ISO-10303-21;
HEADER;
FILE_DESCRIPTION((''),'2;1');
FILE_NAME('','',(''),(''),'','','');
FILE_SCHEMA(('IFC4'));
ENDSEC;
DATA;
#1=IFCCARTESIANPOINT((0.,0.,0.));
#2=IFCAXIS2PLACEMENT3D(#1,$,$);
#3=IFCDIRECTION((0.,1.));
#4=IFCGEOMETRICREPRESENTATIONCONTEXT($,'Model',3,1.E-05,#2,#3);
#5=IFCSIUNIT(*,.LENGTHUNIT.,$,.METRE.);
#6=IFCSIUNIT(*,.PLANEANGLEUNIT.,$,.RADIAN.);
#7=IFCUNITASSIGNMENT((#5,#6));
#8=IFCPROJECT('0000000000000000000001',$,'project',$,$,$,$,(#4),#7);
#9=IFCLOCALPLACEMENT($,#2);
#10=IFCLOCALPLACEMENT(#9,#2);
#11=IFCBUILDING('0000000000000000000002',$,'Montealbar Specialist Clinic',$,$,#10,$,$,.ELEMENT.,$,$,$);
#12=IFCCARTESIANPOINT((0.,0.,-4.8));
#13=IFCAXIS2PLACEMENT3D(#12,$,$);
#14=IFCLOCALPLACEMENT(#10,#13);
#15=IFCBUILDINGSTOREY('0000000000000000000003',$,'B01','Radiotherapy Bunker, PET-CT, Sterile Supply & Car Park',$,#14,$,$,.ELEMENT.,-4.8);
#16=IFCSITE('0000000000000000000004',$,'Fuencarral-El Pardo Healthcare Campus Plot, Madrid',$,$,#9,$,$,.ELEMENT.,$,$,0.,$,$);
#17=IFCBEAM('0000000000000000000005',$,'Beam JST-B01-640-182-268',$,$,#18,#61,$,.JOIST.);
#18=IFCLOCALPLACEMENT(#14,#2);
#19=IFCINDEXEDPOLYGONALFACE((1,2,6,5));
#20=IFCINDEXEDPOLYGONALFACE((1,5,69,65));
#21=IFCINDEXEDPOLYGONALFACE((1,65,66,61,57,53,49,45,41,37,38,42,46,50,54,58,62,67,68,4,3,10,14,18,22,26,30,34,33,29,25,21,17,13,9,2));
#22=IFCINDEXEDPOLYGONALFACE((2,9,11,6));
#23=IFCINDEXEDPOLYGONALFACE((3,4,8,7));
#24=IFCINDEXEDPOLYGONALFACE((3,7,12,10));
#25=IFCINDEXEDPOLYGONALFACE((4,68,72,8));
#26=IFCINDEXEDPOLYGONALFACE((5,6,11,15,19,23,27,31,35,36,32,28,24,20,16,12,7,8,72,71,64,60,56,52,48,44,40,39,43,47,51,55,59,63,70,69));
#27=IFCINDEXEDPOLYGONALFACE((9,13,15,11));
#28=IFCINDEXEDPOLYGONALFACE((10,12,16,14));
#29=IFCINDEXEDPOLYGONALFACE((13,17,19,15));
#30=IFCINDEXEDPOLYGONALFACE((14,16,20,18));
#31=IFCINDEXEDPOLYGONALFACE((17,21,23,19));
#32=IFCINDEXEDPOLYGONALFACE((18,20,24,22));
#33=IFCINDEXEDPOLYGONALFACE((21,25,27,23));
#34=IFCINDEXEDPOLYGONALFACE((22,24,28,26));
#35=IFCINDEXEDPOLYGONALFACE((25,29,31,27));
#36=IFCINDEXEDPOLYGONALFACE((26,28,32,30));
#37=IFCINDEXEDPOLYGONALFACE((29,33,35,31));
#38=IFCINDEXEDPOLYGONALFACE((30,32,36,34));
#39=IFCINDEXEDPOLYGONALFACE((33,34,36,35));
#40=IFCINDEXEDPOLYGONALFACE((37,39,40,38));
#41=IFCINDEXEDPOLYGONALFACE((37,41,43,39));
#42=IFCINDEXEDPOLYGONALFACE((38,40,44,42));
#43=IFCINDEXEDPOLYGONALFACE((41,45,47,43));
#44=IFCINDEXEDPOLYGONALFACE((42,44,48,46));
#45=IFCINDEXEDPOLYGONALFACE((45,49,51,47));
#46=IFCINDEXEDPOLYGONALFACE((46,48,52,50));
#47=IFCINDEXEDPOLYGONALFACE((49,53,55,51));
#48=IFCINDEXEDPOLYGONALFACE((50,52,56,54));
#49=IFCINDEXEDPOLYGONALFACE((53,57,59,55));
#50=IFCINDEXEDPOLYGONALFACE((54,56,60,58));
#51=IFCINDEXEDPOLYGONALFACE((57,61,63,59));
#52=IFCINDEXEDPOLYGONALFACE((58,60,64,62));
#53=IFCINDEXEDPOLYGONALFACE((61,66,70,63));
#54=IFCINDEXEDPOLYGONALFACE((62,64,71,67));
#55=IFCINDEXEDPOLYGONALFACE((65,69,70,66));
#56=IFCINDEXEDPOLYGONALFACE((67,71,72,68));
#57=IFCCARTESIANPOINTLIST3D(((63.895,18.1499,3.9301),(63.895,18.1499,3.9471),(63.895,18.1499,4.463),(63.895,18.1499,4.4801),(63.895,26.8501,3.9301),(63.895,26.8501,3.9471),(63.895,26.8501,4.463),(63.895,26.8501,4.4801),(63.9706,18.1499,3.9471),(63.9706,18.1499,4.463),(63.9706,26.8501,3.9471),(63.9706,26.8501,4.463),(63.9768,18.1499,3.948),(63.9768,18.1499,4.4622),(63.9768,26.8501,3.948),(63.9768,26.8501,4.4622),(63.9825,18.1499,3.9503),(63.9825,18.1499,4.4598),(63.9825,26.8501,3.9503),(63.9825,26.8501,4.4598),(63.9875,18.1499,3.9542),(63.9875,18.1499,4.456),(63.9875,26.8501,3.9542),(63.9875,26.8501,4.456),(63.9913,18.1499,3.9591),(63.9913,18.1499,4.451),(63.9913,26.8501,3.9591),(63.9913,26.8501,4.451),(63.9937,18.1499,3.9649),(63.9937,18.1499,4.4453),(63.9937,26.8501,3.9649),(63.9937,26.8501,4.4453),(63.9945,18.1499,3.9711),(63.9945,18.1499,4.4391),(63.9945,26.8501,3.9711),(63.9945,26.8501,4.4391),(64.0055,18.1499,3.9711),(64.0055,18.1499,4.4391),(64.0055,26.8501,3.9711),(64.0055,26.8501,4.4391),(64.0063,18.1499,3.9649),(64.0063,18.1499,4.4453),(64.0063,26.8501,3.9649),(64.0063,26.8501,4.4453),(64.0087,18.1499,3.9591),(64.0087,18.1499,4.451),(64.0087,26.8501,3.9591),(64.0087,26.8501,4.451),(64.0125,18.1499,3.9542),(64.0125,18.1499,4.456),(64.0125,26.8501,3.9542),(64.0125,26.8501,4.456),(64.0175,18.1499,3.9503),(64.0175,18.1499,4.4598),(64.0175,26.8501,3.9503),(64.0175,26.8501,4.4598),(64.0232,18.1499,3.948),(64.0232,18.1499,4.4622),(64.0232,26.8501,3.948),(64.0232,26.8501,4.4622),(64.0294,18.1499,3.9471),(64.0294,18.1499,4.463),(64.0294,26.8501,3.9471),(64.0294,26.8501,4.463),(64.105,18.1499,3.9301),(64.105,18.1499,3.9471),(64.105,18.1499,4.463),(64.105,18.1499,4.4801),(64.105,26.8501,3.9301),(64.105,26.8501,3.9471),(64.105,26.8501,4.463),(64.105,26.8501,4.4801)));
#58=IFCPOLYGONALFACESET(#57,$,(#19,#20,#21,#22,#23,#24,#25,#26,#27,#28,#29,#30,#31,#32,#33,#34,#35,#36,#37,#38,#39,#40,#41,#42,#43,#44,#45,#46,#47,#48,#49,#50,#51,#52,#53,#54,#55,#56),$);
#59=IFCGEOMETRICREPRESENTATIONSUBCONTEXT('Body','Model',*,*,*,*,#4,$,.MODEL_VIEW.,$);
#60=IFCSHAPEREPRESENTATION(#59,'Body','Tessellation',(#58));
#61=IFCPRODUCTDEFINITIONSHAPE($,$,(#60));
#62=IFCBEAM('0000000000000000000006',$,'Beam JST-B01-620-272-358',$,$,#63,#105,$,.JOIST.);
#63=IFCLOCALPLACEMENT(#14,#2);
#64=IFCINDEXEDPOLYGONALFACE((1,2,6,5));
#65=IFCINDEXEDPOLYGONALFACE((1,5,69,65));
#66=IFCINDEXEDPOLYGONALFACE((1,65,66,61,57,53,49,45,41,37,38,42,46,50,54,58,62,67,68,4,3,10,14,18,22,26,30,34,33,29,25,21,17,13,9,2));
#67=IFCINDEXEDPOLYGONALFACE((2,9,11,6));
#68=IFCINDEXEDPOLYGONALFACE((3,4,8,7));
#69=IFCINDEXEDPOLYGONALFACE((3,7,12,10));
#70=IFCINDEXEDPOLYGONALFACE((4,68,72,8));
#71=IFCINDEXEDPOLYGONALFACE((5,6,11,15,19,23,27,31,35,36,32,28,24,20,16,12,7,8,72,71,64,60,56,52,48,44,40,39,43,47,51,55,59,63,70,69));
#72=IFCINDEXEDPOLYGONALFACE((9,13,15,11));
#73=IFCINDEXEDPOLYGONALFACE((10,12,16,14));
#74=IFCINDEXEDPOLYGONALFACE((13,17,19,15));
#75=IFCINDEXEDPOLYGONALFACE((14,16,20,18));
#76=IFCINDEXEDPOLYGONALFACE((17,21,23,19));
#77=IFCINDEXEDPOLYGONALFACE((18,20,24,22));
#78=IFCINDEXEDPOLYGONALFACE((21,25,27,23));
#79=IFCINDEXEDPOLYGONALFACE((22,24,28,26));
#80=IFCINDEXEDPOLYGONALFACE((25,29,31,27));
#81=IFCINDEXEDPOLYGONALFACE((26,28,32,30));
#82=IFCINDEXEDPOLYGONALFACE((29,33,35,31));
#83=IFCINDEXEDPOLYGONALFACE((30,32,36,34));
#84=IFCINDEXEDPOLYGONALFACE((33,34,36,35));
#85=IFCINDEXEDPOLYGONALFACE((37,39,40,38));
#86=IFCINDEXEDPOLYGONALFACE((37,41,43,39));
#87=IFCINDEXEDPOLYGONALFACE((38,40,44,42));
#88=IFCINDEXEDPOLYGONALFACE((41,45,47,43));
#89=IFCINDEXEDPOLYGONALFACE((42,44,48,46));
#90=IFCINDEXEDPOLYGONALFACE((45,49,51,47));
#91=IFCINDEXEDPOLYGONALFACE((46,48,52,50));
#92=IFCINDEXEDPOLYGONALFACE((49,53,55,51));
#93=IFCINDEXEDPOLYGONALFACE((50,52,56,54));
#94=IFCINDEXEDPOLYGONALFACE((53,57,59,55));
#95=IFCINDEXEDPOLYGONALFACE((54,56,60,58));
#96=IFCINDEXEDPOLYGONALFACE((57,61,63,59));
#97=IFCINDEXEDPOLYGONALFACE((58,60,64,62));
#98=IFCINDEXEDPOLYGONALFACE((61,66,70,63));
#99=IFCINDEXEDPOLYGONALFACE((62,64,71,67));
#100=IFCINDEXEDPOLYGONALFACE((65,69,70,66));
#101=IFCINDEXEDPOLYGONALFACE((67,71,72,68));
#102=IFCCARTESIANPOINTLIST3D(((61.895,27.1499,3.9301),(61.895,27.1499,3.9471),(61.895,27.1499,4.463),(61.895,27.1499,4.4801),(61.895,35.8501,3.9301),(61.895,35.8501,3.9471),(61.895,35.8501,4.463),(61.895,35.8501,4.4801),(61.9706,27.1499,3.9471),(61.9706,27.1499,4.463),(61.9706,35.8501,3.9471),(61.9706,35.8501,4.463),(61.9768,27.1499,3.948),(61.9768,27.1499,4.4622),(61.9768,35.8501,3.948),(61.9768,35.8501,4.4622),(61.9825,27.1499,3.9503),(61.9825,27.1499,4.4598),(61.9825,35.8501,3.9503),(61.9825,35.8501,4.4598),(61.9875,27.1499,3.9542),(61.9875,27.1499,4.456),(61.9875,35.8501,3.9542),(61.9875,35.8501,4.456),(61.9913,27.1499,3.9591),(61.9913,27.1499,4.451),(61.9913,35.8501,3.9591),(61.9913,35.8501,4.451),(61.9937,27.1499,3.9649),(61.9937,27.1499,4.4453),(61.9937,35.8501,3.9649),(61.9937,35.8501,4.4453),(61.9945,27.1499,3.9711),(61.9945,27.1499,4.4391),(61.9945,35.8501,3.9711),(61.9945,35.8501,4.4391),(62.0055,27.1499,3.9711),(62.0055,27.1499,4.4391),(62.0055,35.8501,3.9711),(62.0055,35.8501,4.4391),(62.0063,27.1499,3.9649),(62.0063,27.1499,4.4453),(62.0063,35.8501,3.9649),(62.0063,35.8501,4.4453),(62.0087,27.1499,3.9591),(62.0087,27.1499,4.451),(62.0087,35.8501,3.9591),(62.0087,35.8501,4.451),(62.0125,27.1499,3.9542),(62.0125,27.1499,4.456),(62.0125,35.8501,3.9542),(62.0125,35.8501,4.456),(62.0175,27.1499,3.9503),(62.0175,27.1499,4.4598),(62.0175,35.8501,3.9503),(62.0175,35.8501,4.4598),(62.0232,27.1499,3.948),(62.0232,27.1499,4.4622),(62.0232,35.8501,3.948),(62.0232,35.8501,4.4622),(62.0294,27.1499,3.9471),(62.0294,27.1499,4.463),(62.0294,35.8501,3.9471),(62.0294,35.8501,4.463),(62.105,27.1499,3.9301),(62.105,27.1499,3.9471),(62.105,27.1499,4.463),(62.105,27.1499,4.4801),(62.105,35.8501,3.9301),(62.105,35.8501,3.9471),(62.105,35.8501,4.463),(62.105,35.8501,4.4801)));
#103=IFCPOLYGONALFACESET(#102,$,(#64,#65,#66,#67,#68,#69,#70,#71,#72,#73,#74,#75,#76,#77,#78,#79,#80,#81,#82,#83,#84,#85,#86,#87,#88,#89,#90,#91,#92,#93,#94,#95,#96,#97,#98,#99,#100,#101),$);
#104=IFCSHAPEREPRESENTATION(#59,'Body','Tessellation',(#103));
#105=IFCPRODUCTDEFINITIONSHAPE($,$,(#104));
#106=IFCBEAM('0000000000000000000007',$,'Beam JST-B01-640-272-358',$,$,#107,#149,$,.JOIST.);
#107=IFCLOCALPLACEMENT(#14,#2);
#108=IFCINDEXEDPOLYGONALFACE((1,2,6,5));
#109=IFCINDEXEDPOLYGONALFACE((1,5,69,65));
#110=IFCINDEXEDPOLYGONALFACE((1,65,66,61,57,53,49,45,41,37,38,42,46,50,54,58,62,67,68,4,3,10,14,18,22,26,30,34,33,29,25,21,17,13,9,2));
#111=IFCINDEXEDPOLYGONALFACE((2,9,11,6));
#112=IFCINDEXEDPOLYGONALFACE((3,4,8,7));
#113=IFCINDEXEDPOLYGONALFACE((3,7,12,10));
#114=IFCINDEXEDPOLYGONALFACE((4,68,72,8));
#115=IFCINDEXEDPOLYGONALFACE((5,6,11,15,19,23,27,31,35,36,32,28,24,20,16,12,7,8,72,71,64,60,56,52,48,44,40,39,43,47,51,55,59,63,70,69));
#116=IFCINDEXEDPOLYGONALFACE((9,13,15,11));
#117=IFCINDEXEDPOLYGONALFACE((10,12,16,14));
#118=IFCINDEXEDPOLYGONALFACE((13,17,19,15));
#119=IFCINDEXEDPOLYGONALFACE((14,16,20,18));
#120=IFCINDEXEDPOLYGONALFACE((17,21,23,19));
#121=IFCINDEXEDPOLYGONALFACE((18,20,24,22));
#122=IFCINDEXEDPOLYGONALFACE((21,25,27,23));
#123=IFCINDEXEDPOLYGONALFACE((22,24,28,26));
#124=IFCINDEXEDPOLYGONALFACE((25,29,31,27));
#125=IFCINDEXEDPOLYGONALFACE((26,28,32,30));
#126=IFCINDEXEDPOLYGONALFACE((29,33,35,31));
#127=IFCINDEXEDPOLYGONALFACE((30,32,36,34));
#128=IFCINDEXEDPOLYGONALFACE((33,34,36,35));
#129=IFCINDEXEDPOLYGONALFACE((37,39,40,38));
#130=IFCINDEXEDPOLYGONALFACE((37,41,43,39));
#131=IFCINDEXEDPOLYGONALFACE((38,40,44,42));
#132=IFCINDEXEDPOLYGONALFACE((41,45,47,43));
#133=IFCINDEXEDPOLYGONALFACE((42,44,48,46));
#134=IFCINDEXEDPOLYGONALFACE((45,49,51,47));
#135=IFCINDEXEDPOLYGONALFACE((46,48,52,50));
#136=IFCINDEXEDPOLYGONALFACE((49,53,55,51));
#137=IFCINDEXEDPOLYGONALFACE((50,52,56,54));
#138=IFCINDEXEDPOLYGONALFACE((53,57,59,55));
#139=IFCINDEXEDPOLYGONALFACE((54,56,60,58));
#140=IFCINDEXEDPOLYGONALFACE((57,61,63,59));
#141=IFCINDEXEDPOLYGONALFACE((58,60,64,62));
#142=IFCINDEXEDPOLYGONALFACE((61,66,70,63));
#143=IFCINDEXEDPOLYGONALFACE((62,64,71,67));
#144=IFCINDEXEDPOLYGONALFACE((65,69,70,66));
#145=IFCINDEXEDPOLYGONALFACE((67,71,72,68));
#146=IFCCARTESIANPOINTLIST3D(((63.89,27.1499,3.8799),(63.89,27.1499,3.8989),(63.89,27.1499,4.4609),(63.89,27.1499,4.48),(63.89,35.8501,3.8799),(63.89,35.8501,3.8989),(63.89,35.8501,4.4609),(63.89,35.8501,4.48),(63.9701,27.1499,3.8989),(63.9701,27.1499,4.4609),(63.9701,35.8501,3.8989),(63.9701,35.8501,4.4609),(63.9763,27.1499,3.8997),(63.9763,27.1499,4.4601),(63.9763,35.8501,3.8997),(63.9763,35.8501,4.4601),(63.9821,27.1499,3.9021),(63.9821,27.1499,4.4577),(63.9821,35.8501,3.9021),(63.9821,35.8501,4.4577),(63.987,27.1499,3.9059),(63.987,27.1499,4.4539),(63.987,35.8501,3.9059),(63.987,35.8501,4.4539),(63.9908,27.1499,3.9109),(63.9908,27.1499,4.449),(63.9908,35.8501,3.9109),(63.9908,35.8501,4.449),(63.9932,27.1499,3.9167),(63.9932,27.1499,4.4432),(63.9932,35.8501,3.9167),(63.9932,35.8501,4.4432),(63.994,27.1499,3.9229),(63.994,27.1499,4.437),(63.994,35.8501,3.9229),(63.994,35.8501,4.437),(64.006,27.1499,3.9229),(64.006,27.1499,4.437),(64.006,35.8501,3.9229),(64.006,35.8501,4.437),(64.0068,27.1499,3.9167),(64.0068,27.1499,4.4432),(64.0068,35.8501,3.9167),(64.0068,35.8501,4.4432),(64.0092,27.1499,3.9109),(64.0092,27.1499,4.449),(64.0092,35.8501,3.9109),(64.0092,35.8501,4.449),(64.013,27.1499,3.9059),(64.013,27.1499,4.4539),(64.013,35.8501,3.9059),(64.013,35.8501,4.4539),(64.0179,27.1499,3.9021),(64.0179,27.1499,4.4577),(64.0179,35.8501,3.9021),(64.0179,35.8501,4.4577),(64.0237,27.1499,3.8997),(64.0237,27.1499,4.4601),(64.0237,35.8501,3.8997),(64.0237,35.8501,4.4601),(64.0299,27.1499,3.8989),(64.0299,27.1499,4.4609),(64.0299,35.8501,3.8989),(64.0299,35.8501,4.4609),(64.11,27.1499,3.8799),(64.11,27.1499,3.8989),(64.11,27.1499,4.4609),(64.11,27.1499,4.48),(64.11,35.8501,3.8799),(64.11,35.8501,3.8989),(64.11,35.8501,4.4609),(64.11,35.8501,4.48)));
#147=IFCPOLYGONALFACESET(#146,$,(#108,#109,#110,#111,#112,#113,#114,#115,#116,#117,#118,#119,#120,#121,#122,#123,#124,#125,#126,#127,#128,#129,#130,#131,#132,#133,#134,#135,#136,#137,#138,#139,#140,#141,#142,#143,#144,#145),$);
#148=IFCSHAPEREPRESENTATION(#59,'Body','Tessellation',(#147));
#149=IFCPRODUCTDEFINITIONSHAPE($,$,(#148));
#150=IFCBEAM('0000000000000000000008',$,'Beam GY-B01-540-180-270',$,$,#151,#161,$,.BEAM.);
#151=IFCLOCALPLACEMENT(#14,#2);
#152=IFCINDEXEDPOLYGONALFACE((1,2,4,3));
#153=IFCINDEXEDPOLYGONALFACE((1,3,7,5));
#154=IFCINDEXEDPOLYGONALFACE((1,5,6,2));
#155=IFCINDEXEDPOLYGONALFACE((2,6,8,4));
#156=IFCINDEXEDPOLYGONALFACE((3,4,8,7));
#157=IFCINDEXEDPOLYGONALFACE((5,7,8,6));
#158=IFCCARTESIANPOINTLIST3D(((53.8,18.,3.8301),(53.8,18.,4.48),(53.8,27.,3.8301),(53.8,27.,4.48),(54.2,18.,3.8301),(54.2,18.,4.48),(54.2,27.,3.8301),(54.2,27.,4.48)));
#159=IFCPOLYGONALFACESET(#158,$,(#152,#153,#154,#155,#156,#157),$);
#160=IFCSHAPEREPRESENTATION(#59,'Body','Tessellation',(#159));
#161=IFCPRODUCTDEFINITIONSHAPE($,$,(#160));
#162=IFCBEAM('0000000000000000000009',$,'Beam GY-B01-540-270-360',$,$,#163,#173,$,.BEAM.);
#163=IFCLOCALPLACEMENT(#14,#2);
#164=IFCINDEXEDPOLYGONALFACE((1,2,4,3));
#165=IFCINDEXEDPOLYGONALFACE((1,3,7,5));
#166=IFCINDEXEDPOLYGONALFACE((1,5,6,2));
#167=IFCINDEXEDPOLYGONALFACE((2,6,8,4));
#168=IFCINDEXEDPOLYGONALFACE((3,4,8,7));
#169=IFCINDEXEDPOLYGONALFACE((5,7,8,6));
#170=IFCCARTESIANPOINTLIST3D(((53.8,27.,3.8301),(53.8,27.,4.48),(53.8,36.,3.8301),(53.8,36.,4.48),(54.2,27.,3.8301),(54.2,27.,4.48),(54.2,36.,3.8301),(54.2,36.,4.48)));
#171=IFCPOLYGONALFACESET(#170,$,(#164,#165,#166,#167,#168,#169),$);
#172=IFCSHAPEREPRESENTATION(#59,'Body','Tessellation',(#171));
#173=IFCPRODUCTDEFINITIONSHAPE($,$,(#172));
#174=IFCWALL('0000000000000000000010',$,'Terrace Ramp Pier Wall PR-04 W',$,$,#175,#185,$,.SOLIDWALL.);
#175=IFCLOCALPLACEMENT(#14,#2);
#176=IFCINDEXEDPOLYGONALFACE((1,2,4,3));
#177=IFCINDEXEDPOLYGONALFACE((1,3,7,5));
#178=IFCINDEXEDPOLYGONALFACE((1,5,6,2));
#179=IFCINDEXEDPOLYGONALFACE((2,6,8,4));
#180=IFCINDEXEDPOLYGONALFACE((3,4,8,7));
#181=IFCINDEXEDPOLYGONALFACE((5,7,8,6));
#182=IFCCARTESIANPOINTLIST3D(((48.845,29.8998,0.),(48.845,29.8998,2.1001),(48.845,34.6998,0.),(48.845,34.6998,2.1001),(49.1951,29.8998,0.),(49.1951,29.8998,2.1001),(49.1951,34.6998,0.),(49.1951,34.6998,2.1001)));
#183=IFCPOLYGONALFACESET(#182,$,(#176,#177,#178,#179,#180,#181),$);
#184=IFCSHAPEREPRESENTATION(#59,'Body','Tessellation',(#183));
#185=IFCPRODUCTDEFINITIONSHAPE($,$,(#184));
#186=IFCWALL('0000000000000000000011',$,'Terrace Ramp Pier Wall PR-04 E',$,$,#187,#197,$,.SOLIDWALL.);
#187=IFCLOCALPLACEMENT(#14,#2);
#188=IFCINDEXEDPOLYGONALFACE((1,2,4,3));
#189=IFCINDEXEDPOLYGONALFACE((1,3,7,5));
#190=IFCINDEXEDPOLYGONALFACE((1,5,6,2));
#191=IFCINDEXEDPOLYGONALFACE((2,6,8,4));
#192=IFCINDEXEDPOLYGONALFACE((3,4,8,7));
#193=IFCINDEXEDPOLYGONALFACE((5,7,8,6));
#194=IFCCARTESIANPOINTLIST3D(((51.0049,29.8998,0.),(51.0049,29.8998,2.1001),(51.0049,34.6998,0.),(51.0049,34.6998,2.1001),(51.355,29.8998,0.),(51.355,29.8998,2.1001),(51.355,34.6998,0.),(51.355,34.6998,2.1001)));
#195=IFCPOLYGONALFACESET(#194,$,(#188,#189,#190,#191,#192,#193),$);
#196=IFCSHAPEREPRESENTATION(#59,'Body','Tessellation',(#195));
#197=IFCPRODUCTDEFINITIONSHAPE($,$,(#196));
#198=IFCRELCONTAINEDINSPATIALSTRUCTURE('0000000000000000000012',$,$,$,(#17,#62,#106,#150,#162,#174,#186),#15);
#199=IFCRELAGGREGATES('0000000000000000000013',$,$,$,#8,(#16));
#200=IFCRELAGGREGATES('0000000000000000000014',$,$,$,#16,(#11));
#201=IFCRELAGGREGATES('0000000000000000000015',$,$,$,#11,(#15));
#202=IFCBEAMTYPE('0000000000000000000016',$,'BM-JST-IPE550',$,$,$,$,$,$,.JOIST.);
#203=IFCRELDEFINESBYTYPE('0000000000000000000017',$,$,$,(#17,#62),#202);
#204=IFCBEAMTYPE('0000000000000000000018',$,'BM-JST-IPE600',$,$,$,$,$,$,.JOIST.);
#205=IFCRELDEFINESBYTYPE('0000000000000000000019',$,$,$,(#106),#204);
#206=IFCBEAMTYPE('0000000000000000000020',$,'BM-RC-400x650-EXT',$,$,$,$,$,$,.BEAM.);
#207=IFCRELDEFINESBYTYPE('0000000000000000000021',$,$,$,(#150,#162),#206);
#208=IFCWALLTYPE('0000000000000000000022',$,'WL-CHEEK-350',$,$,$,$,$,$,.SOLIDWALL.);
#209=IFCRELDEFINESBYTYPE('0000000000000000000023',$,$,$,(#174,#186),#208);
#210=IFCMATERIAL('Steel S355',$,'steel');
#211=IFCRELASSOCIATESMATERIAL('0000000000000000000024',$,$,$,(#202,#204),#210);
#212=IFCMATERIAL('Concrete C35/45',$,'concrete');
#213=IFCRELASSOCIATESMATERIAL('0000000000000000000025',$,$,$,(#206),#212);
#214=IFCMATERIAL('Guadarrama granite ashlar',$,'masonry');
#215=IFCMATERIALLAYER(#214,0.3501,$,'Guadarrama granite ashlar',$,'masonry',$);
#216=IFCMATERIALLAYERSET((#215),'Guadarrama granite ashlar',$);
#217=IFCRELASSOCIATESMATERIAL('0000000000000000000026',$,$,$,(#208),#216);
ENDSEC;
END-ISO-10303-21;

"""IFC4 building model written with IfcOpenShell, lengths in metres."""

from ifc_helpers import new_model, si_unit, direction, frame, frame_2d, origin, origin_2d, place, context, subcontext, project, spatial, rectangle, i_section, extrude, material, layer, layer_set, material_profile, profile_set, type_object, element, save


model = new_model("IFC4")

# Units and contexts
model_context = context("Model", 3, precision=1e-05, world=origin(), true_north=direction((0.0, 1.0)))
body_context = subcontext(model_context, "Body", "Model", "MODEL_VIEW")
ifc_project = project(units=[si_unit("LENGTHUNIT", "METRE"), si_unit("PLANEANGLEUNIT", "RADIAN")], contexts=[model_context])

# Site, building, storey
site_placement = place(None, origin())
site = spatial("IfcSite", under=ifc_project, at=site_placement, Name="Fuencarral-El Pardo Healthcare Campus Plot, Madrid", CompositionType="ELEMENT", RefElevation=0.0)
building_placement = place(site_placement, origin())
building = spatial("IfcBuilding", under=site, at=building_placement, Name="Montealbar Specialist Clinic", CompositionType="ELEMENT")
storey_placement = place(building_placement, frame((0.0, 0.0, -4.8)))
storey = spatial("IfcBuildingStorey", under=building, at=storey_placement, Name="B01", Description="Radiotherapy Bunker, PET-CT, Sterile Supply & Car Park", CompositionType="ELEMENT", Elevation=-4.8)

# Shared definitions
ifc_material_1 = material(Name="Concrete C35/45", Category="concrete")

# Shared definitions
ifc_material_2 = material(Name="Steel S355", Category="steel")
ifc_material_3 = material(Name="Guadarrama granite ashlar", Category="masonry")

# Beams
ifc_material_profile_1 = material_profile(ifc_material_2, i_section(OverallWidth=0.21, OverallDepth=0.55, WebThickness=0.011, FlangeThickness=0.0171, FilletRadius=0.0239, at=origin_2d()), Name="IPE 550", Category="steel")
ifc_profile_set_1 = profile_set([ifc_material_profile_1], Name="Steel S355")
beam_type_1 = type_object("IfcBeamType", Name="BM-JST-IPE550", PredefinedType="JOIST", material=ifc_profile_set_1)
for number, where, z_axis, x_axis, name in (
    (1, (64.0, 18.1499, 4.2051), (0.0, 1.0, 0.0), (-1.0, 0.0, 0.0), "Beam JST-B01-640-182-268"),
    (2, (62.0, 27.1499, 4.2051), (0.0, 1.0, 0.0), (-1.0, 0.0, 0.0), "Beam JST-B01-620-272-358"),
):
    element("IfcBeam", number, at=place(storey_placement, frame(where, z_axis=z_axis, x_axis=x_axis)), inside=storey, type_object=beam_type_1, Name=name, PredefinedType="JOIST", context=body_context, shape_type="SweptSolid", body=[
        extrude(i_section(OverallWidth=0.21, OverallDepth=0.55, WebThickness=0.011, FlangeThickness=0.0171, FilletRadius=0.0239, at=origin_2d()), origin(), (0.0, 0.0, 1.0), 8.7002),
    ])
ifc_material_profile_2 = material_profile(ifc_material_2, i_section(OverallWidth=0.22, OverallDepth=0.6001, WebThickness=0.012, FlangeThickness=0.019, FilletRadius=0.0239, at=origin_2d()), Name="IPE 600", Category="steel")
ifc_profile_set_2 = profile_set([ifc_material_profile_2], Name="Steel S355")
beam_type_2 = type_object("IfcBeamType", Name="BM-JST-IPE600", PredefinedType="JOIST", material=ifc_profile_set_2)
beam_1_placement = place(storey_placement, frame((64.0, 27.1499, 4.1799), z_axis=(0.0, 1.0, 0.0), x_axis=(-1.0, 0.0, 0.0)))
element("IfcBeam", 3, at=beam_1_placement, inside=storey, type_object=beam_type_2, Name="Beam JST-B01-640-272-358", PredefinedType="JOIST", context=body_context, shape_type="SweptSolid", body=[
    extrude(i_section(OverallWidth=0.22, OverallDepth=0.6001, WebThickness=0.012, FlangeThickness=0.019, FilletRadius=0.0239, at=origin_2d()), origin(), (0.0, 0.0, 1.0), 8.7002),
])
ifc_material_profile_3 = material_profile(ifc_material_1, rectangle(XDim=0.3999, YDim=0.6499, at=origin_2d()), Name="RC 400x650", Category="concrete")
ifc_profile_set_3 = profile_set([ifc_material_profile_3], Name="Concrete C35/45")
beam_type_3 = type_object("IfcBeamType", Name="BM-RC-400x650-EXT", PredefinedType="BEAM", material=ifc_profile_set_3)
for number, where, z_axis, x_axis, name in (
    (4, (54.0, 18.0, 4.155), (0.0, 1.0, 0.0), (-1.0, 0.0, 0.0), "Beam GY-B01-540-180-270"),
    (5, (54.0, 27.0, 4.155), (0.0, 1.0, 0.0), (-1.0, 0.0, 0.0), "Beam GY-B01-540-270-360"),
):
    element("IfcBeam", number, at=place(storey_placement, frame(where, z_axis=z_axis, x_axis=x_axis)), inside=storey, type_object=beam_type_3, Name=name, PredefinedType="BEAM", context=body_context, shape_type="SweptSolid", body=[
        extrude(rectangle(XDim=0.3999, YDim=0.6499, at=origin_2d()), origin(), (0.0, 0.0, 1.0), 9.0),
    ])

# Walls
ifc_layer_1 = layer(ifc_material_3, 0.3501, Name="Guadarrama granite ashlar", Category="masonry")
ifc_layer_set_1 = layer_set([ifc_layer_1], Name="Guadarrama granite ashlar")
wall_type_1 = type_object("IfcWallType", Name="WL-CHEEK-350", PredefinedType="SOLIDWALL", material=ifc_layer_set_1)
for number, where, z_axis, x_axis, name in (
    (6, (49.02, 29.8999, 0.0), (0.0, 0.0, 1.0), (0.0, 1.0, 0.0), "Terrace Ramp Pier Wall PR-04 W"),
    (7, (51.1799, 29.8999, 0.0), (0.0, 0.0, 1.0), (0.0, 1.0, 0.0), "Terrace Ramp Pier Wall PR-04 E"),
):
    element("IfcWall", number, at=place(storey_placement, frame(where, z_axis=z_axis, x_axis=x_axis)), inside=storey, type_object=wall_type_1, Name=name, PredefinedType="SOLIDWALL", context=body_context, shape_type="SweptSolid", body=[
        extrude(rectangle(XDim=4.8, YDim=0.3501, at=frame_2d((2.3999, 0.0))), origin(), (0.0, 0.0, 1.0), 2.1001),
    ])

save(model, "model.ifc")
